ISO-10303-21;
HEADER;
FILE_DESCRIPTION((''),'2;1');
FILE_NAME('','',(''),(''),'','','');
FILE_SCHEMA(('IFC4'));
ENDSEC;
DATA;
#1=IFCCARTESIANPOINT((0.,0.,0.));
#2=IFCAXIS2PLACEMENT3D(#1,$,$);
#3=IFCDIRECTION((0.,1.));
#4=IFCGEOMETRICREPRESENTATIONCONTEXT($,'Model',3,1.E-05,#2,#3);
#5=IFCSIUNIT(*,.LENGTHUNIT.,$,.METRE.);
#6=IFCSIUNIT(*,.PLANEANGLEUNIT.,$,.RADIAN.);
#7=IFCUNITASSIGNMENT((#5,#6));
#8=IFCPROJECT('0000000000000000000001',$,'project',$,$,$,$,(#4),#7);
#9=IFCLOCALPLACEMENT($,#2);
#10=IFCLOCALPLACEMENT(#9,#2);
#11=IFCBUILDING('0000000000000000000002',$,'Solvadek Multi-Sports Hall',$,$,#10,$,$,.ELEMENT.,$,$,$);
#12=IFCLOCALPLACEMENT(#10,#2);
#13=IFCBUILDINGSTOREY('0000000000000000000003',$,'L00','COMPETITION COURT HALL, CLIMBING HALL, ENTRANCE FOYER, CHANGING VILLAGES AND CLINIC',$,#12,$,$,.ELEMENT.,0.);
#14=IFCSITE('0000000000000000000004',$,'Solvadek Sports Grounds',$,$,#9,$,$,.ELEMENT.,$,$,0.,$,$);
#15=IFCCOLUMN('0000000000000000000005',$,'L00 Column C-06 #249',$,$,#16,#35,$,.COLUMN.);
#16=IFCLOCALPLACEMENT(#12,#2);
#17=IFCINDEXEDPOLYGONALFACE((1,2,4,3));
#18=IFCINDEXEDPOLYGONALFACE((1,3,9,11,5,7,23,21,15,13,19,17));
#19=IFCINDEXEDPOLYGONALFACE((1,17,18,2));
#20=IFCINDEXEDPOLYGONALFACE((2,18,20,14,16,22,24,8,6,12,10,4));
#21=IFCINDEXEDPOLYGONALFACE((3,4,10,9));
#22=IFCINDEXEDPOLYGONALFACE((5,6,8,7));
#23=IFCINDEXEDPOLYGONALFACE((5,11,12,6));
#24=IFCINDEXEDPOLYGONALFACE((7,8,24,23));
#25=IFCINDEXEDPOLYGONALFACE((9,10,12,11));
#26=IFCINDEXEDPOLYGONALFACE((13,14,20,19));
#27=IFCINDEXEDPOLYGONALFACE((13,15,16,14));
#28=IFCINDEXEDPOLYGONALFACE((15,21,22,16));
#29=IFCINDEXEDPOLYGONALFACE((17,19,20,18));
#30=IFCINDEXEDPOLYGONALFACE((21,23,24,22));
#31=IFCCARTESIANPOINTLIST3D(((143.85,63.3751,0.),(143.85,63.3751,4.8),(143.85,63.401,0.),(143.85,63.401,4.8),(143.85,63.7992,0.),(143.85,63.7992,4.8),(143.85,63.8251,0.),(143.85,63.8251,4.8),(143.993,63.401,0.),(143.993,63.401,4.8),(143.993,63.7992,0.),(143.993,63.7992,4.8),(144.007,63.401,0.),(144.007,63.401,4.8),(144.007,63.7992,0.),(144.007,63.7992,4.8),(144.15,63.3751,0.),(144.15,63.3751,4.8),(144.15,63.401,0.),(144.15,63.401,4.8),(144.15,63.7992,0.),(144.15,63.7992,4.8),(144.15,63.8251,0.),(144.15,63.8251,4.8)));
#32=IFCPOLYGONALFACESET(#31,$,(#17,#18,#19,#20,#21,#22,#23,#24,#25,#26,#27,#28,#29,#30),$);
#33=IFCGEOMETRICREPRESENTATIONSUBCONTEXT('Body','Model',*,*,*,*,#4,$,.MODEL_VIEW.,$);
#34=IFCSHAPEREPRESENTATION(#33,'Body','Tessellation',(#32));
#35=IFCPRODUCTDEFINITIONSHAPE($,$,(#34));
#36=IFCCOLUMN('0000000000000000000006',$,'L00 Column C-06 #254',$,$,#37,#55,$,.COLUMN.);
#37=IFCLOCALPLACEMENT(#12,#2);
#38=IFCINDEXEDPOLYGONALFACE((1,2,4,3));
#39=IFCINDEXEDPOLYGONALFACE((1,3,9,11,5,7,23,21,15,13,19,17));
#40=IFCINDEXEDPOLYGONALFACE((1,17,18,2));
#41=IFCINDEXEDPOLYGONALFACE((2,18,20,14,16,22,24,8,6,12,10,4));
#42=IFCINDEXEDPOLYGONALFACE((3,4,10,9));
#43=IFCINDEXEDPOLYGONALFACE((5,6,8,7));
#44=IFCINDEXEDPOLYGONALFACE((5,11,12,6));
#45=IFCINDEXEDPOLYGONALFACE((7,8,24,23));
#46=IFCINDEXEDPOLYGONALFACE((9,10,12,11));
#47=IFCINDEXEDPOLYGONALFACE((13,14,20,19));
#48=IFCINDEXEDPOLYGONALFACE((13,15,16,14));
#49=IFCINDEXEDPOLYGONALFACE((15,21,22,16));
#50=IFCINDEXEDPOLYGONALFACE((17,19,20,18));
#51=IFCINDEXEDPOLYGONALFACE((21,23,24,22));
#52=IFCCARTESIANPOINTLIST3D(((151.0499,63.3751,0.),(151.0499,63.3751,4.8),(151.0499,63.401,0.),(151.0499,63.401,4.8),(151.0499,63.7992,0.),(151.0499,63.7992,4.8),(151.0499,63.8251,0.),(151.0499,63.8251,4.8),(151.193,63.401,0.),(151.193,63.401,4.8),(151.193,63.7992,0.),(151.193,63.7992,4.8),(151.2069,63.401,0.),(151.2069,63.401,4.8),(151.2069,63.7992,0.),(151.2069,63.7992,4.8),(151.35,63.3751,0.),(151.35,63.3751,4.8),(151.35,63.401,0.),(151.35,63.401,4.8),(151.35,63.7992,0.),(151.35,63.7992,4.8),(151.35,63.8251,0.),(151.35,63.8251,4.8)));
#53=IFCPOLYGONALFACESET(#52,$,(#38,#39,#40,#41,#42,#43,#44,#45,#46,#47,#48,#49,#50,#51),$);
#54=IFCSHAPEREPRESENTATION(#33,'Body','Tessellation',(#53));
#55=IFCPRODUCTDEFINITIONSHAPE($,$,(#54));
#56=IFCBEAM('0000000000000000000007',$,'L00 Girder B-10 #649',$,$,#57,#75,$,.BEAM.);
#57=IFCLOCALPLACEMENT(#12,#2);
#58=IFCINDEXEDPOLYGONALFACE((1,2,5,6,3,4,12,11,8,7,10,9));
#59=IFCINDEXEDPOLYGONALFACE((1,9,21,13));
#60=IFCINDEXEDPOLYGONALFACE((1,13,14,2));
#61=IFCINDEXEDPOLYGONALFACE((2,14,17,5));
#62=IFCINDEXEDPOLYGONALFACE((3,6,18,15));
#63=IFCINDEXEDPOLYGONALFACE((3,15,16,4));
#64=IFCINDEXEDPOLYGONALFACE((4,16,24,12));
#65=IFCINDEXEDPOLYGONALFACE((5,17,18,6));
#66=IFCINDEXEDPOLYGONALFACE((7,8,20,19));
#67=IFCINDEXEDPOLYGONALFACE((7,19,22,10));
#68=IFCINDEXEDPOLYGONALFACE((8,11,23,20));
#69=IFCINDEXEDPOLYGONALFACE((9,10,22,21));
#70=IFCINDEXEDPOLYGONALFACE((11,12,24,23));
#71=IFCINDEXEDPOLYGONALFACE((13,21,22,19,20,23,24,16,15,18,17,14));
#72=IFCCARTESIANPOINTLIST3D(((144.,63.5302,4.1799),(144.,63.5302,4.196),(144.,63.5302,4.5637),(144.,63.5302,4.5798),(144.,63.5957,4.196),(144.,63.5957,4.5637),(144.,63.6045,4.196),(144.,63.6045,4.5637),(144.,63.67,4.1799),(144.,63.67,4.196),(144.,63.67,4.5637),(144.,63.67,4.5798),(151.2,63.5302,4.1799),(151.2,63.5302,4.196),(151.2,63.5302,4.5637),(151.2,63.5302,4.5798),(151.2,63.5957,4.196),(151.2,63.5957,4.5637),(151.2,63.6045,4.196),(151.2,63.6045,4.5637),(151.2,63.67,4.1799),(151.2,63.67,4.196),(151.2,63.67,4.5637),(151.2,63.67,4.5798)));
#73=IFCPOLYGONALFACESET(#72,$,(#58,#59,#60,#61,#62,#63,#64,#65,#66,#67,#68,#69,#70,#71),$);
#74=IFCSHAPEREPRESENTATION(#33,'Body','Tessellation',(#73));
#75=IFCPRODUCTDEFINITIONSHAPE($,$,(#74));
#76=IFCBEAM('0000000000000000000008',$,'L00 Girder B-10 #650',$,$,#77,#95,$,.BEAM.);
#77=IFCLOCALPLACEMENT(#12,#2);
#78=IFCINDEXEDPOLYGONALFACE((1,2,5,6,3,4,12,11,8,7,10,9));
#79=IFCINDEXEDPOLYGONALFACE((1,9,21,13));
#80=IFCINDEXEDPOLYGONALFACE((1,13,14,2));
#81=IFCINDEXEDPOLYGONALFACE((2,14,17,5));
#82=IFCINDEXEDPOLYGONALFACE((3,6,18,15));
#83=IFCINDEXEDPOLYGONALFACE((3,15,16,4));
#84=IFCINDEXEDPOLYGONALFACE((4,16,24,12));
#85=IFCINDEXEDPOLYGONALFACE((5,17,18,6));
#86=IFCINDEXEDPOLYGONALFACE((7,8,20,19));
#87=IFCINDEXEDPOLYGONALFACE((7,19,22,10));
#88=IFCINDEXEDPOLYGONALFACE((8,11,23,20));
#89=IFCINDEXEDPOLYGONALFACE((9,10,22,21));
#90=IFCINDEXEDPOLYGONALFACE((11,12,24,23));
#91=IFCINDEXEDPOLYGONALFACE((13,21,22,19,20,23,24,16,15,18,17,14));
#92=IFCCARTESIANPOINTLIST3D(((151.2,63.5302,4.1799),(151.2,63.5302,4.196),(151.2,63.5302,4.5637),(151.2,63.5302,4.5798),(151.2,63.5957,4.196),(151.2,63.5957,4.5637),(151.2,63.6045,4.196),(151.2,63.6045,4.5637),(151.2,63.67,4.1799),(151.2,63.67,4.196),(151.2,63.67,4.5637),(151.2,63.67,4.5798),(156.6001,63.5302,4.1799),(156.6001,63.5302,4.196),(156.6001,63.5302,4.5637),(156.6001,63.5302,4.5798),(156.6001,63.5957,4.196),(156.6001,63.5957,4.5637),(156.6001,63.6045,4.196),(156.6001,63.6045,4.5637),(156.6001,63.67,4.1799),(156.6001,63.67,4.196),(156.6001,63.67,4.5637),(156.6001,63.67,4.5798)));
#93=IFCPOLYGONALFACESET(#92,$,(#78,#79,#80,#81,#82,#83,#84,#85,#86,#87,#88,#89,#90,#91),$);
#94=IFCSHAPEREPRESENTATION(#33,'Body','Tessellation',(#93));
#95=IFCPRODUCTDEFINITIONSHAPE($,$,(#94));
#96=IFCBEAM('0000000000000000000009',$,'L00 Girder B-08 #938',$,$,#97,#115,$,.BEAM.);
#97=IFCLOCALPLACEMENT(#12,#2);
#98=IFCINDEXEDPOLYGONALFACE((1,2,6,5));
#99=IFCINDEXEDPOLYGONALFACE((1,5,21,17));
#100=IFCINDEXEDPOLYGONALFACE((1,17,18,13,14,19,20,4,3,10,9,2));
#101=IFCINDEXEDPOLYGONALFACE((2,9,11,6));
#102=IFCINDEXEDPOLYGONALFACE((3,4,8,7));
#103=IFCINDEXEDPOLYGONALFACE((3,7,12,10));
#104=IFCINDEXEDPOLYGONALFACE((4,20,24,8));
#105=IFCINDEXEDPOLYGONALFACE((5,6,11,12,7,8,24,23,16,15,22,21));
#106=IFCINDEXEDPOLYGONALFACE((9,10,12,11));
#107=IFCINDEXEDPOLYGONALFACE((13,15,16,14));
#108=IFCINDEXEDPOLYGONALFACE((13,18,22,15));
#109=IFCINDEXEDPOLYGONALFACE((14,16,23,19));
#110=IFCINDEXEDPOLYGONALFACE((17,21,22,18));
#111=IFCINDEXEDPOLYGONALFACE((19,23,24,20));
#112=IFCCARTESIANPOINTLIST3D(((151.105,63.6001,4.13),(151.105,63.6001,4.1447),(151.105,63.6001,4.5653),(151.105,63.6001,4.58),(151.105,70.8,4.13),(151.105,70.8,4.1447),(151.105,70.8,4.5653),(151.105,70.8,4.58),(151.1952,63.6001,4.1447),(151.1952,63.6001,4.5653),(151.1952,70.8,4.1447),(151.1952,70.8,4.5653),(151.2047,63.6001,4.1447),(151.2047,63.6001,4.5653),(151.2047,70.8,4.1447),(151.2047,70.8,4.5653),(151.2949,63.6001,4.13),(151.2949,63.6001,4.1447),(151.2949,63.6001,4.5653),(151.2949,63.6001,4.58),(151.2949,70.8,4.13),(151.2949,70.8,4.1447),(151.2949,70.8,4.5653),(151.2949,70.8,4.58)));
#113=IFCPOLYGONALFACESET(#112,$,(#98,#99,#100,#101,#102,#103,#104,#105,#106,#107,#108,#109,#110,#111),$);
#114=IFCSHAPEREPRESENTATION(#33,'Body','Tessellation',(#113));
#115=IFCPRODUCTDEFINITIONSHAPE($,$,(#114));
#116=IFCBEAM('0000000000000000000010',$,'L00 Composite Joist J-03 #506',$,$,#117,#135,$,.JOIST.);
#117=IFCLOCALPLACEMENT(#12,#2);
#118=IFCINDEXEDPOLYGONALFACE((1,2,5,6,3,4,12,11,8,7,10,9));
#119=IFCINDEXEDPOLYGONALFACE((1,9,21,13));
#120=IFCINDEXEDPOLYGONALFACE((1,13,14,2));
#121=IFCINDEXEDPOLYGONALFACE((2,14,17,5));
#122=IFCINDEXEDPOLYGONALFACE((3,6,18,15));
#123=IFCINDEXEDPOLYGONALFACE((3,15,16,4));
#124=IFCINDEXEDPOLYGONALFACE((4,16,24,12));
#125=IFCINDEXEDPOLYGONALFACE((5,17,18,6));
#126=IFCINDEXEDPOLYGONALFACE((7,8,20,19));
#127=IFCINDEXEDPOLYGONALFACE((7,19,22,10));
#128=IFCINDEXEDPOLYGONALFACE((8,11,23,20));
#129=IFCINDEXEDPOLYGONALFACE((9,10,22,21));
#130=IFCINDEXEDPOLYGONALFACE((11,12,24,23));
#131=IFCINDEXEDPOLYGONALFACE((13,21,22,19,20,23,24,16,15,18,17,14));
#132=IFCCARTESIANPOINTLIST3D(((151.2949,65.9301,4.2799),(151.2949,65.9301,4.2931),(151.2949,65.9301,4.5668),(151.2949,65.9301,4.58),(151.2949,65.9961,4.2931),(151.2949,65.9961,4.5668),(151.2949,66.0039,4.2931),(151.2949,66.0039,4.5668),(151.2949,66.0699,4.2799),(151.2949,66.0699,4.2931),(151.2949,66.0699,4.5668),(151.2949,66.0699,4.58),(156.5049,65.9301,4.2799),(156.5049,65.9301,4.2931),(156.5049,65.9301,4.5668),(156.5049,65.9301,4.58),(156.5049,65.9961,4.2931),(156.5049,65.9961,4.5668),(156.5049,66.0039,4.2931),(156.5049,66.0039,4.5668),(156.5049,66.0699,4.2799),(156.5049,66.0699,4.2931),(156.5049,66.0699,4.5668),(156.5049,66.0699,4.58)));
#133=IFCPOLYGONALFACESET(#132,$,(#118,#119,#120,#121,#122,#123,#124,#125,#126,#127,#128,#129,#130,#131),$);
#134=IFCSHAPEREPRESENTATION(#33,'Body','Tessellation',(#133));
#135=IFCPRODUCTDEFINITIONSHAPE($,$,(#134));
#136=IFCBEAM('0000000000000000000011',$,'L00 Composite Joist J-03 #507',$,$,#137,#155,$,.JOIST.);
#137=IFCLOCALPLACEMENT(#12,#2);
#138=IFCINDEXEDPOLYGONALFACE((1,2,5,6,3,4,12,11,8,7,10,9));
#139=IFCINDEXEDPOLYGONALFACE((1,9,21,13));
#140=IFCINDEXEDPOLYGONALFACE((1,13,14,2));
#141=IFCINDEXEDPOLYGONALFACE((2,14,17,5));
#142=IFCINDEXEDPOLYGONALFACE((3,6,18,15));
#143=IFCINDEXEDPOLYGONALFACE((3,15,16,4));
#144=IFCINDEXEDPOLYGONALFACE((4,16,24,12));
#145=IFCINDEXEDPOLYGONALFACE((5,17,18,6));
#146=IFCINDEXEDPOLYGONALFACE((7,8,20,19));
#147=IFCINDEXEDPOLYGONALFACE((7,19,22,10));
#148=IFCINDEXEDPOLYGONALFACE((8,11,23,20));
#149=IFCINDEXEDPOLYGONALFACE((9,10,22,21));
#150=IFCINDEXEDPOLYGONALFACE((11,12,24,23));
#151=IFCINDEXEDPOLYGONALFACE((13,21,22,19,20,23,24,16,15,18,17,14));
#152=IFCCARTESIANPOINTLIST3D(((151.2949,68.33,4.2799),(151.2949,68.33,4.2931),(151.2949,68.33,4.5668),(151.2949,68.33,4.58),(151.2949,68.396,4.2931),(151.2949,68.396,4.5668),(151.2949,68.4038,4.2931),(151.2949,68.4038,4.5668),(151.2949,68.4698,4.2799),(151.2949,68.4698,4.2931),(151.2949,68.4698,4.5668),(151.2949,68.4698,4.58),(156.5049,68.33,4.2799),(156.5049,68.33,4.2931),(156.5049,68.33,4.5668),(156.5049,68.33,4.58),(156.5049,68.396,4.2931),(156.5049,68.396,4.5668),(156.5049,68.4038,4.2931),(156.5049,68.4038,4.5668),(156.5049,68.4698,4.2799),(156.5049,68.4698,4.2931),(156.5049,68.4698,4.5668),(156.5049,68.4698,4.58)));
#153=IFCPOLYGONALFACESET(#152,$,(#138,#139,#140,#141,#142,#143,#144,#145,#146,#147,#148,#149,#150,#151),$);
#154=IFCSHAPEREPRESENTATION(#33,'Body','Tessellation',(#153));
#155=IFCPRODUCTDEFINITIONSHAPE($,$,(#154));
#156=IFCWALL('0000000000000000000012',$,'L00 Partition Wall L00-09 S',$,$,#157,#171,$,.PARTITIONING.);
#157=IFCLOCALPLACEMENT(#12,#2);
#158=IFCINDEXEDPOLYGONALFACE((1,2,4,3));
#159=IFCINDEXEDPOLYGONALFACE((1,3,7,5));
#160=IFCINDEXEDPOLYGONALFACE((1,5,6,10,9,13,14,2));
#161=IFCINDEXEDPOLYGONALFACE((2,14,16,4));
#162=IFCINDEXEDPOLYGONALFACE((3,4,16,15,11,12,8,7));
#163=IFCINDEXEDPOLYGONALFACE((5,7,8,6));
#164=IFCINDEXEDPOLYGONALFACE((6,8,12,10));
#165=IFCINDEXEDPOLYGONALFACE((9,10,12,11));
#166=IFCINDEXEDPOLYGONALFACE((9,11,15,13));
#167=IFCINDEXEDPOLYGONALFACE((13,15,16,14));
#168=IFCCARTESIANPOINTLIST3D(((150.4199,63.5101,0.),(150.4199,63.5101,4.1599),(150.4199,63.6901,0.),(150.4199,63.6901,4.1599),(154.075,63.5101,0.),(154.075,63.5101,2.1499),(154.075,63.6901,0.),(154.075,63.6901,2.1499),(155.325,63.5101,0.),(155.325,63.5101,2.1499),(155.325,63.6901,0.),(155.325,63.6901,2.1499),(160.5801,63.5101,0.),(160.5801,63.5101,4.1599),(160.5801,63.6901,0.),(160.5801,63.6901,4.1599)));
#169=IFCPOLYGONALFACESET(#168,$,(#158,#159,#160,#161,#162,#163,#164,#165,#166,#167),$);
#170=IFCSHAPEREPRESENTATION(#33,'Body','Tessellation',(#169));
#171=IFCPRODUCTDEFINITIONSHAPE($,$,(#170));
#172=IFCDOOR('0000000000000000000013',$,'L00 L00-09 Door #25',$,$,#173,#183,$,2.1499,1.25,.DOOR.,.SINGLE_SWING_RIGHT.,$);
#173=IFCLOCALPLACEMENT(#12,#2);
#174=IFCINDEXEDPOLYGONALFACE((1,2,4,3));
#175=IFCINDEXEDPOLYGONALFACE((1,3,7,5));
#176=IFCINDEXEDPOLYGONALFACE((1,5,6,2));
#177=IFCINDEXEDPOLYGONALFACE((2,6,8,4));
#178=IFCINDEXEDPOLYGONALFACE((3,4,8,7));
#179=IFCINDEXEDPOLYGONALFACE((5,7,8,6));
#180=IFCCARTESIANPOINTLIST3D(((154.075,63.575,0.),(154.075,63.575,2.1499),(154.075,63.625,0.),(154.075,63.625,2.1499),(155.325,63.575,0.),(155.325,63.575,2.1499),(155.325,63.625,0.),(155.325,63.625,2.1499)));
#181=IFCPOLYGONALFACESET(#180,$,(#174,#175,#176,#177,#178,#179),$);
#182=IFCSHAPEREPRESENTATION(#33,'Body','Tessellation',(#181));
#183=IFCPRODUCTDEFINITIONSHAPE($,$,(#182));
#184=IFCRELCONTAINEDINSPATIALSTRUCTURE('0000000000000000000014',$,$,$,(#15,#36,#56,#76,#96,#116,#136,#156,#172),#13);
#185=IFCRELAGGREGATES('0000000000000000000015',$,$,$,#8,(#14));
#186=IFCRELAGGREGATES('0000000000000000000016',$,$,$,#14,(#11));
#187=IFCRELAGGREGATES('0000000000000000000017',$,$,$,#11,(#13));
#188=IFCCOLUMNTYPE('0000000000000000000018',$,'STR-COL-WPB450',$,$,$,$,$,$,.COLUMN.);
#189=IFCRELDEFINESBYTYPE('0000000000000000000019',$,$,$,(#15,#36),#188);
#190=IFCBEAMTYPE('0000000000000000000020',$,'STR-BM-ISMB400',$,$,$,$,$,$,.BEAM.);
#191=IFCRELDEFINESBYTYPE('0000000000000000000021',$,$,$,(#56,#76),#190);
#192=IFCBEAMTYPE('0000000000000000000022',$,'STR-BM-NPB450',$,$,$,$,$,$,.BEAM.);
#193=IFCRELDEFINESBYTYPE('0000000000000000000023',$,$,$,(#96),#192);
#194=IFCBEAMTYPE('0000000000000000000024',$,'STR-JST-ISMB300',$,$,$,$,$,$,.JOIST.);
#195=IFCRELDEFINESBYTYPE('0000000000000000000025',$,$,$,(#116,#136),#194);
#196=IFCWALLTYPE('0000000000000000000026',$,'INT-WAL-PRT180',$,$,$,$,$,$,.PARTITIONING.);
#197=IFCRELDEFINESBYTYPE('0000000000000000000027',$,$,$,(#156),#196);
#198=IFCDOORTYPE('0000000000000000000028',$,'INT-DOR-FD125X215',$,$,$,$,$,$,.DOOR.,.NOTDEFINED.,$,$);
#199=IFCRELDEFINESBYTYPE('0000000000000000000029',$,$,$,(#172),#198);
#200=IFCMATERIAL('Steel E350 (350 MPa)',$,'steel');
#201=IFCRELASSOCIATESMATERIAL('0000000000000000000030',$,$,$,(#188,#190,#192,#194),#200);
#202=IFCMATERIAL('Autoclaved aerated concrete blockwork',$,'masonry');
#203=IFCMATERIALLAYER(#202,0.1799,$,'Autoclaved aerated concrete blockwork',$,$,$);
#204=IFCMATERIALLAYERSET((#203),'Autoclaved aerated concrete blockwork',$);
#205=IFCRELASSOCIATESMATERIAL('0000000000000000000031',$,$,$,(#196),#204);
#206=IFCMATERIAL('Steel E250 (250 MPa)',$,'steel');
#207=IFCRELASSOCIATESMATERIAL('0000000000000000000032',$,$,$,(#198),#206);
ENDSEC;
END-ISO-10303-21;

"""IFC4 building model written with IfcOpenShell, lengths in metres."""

from ifc_helpers import new_model, si_unit, direction, frame, frame_2d, origin, origin_2d, place, context, subcontext, project, spatial, rectangle, i_section, extrude, material, layer, layer_set, material_profile, profile_set, type_object, element, fill, save


model = new_model("IFC4")

# Units and contexts
model_context = context("Model", 3, precision=1e-05, world=origin(), true_north=direction((0.0, 1.0)))
body_context = subcontext(model_context, "Body", "Model", "MODEL_VIEW")
ifc_project = project(units=[si_unit("LENGTHUNIT", "METRE"), si_unit("PLANEANGLEUNIT", "RADIAN")], contexts=[model_context])

# Site, building, storey
site_placement = place(None, origin())
site = spatial("IfcSite", under=ifc_project, at=site_placement, Name="Solvadek Sports Grounds", CompositionType="ELEMENT", RefElevation=0.0)
building_placement = place(site_placement, origin())
building = spatial("IfcBuilding", under=site, at=building_placement, Name="Solvadek Multi-Sports Hall", CompositionType="ELEMENT")
storey_placement = place(building_placement, origin())
storey = spatial("IfcBuildingStorey", under=building, at=storey_placement, Name="L00", Description="COMPETITION COURT HALL, CLIMBING HALL, ENTRANCE FOYER, CHANGING VILLAGES AND CLINIC", CompositionType="ELEMENT", Elevation=0.0)

# Columns
ifc_material_1 = material(Name="Steel E350 (350 MPa)", Category="steel")
ifc_material_profile_1 = material_profile(ifc_material_1, i_section(OverallWidth=0.3, OverallDepth=0.45, WebThickness=0.0139, FlangeThickness=0.0259, at=origin_2d()), Name="WPB 450")
ifc_profile_set_1 = profile_set([ifc_material_profile_1], Name="Steel E350 (350 MPa)")
column_type = type_object("IfcColumnType", Name="STR-COL-WPB450", PredefinedType="COLUMN", material=ifc_profile_set_1)
for number, where, z_axis, x_axis, name in (
    (1, (144.0, 63.6001, 0.0), (0.0, 0.0, 1.0), (1.0, 0.0, 0.0), "L00 Column C-06 #249"),
    (2, (151.2, 63.6001, 0.0), (0.0, 0.0, 1.0), (1.0, 0.0, 0.0), "L00 Column C-06 #254"),
):
    element("IfcColumn", number, at=place(storey_placement, frame(where, z_axis=z_axis, x_axis=x_axis)), inside=storey, type_object=column_type, Name=name, PredefinedType="COLUMN", context=body_context, shape_type="SweptSolid", body=[
        extrude(i_section(OverallWidth=0.3, OverallDepth=0.45, WebThickness=0.0139, FlangeThickness=0.0259, at=origin_2d()), origin(), (0.0, 0.0, 1.0), 4.8),
    ])

# Beams
ifc_material_profile_2 = material_profile(ifc_material_1, i_section(OverallWidth=0.1399, OverallDepth=0.3999, WebThickness=0.0088, FlangeThickness=0.0161, at=origin_2d()), Name="ISMB 400")
ifc_profile_set_2 = profile_set([ifc_material_profile_2], Name="Steel E350 (350 MPa)")
beam_type_1 = type_object("IfcBeamType", Name="STR-BM-ISMB400", PredefinedType="BEAM", material=ifc_profile_set_2)
beam_1_placement = place(storey_placement, frame((144.0, 63.6001, 4.3799), z_axis=(1.0, 0.0, 0.0), x_axis=(0.0, 1.0, 0.0)))
element("IfcBeam", 3, at=beam_1_placement, inside=storey, type_object=beam_type_1, Name="L00 Girder B-10 #649", PredefinedType="BEAM", context=body_context, shape_type="SweptSolid", body=[
    extrude(i_section(OverallWidth=0.1399, OverallDepth=0.3999, WebThickness=0.0088, FlangeThickness=0.0161, at=origin_2d()), origin(), (0.0, 0.0, 1.0), 7.2),
])
beam_2_placement = place(storey_placement, frame((151.2, 63.6001, 4.3799), z_axis=(1.0, 0.0, 0.0), x_axis=(0.0, 1.0, 0.0)))
element("IfcBeam", 4, at=beam_2_placement, inside=storey, type_object=beam_type_1, Name="L00 Girder B-10 #650", PredefinedType="BEAM", context=body_context, shape_type="SweptSolid", body=[
    extrude(i_section(OverallWidth=0.1399, OverallDepth=0.3999, WebThickness=0.0088, FlangeThickness=0.0161, at=origin_2d()), origin(), (0.0, 0.0, 1.0), 5.4001),
])
ifc_material_profile_3 = material_profile(ifc_material_1, i_section(OverallWidth=0.1899, OverallDepth=0.45, WebThickness=0.0095, FlangeThickness=0.0146, at=origin_2d()), Name="NPB 450")
ifc_profile_set_3 = profile_set([ifc_material_profile_3], Name="Steel E350 (350 MPa)")
beam_type_2 = type_object("IfcBeamType", Name="STR-BM-NPB450", PredefinedType="BEAM", material=ifc_profile_set_3)
beam_3_placement = place(storey_placement, frame((151.2, 63.6001, 4.355), z_axis=(0.0, 1.0, 0.0), x_axis=(-1.0, 0.0, 0.0)))
element("IfcBeam", 5, at=beam_3_placement, inside=storey, type_object=beam_type_2, Name="L00 Girder B-08 #938", PredefinedType="BEAM", context=body_context, shape_type="SweptSolid", body=[
    extrude(i_section(OverallWidth=0.1899, OverallDepth=0.45, WebThickness=0.0095, FlangeThickness=0.0146, at=origin_2d()), origin(), (0.0, 0.0, 1.0), 7.2),
])
ifc_material_profile_4 = material_profile(ifc_material_1, i_section(OverallWidth=0.1399, OverallDepth=0.3, WebThickness=0.0078, FlangeThickness=0.0132, at=origin_2d()), Name="ISMB 300")
ifc_profile_set_4 = profile_set([ifc_material_profile_4], Name="Steel E350 (350 MPa)")
beam_type_3 = type_object("IfcBeamType", Name="STR-JST-ISMB300", PredefinedType="JOIST", material=ifc_profile_set_4)
for number, where, z_axis, x_axis, name in (
    (6, (151.2949, 66.0, 4.4299), (1.0, 0.0, 0.0), (0.0, 1.0, 0.0), "L00 Composite Joist J-03 #506"),
    (7, (151.2949, 68.3999, 4.4299), (1.0, 0.0, 0.0), (0.0, 1.0, 0.0), "L00 Composite Joist J-03 #507"),
):
    element("IfcBeam", number, at=place(storey_placement, frame(where, z_axis=z_axis, x_axis=x_axis)), inside=storey, type_object=beam_type_3, Name=name, PredefinedType="JOIST", context=body_context, shape_type="SweptSolid", body=[
        extrude(i_section(OverallWidth=0.1399, OverallDepth=0.3, WebThickness=0.0078, FlangeThickness=0.0132, at=origin_2d()), origin(), (0.0, 0.0, 1.0), 5.21),
    ])

# Wall, opening, door
ifc_material_2 = material(Name="Autoclaved aerated concrete blockwork", Category="masonry")
ifc_layer_1 = layer(ifc_material_2, 0.1799, Name="Autoclaved aerated concrete blockwork")
ifc_layer_set_1 = layer_set([ifc_layer_1], Name="Autoclaved aerated concrete blockwork")
wall_type_1 = type_object("IfcWallType", Name="INT-WAL-PRT180", PredefinedType="PARTITIONING", material=ifc_layer_set_1)
wall_1_placement = place(storey_placement, frame((150.4199, 63.6001, 0.0), z_axis=(0.0, 0.0, 1.0), x_axis=(1.0, 0.0, 0.0)))
wall_1 = element("IfcWall", 8, at=wall_1_placement, inside=storey, type_object=wall_type_1, Name="L00 Partition Wall L00-09 S", PredefinedType="PARTITIONING", context=body_context, shape_type="SweptSolid", body=[
    extrude(rectangle(XDim=10.1602, YDim=0.1799, at=frame_2d((5.0801, 0.0))), origin(), (0.0, 0.0, 1.0), 4.1599),
])
opening_1_placement = place(wall_1_placement, frame((3.655, 0.0, 0.0)))
opening_1 = element("IfcOpeningElement", 9, at=opening_1_placement, cuts=wall_1, PredefinedType="OPENING", context=body_context, shape_type="SweptSolid", body=[
    extrude(rectangle(XDim=1.25, YDim=2.1499, at=frame_2d((0.625, 1.075))), frame((0.0, 0.0999, 0.0), z_axis=(0.0, -1.0, 0.0), x_axis=(1.0, 0.0, 0.0)), (0.0, 0.0, 1.0), 0.2),
])
ifc_material_3 = material(Name="Steel E250 (250 MPa)", Category="steel")
door_type_1 = type_object("IfcDoorType", Name="INT-DOR-FD125X215", OperationType="NOTDEFINED", PredefinedType="DOOR", material=ifc_material_3)
door_1_placement = place(opening_1_placement, origin())
door_1 = element("IfcDoor", 10, at=door_1_placement, inside=storey, type_object=door_type_1, Name="L00 L00-09 Door #25", OperationType="SINGLE_SWING_RIGHT", OverallHeight=2.1499, OverallWidth=1.25, PredefinedType="DOOR", context=body_context, shape_type="SweptSolid", body=[
    extrude(rectangle(XDim=1.25, YDim=2.1499, at=frame_2d((0.625, 1.075))), frame((0.0, 0.0249, 0.0), z_axis=(0.0, -1.0, 0.0), x_axis=(1.0, 0.0, 0.0)), (0.0, 0.0, 1.0), 0.05),
])
fill(opening_1, door_1)

save(model, "model.ifc")
